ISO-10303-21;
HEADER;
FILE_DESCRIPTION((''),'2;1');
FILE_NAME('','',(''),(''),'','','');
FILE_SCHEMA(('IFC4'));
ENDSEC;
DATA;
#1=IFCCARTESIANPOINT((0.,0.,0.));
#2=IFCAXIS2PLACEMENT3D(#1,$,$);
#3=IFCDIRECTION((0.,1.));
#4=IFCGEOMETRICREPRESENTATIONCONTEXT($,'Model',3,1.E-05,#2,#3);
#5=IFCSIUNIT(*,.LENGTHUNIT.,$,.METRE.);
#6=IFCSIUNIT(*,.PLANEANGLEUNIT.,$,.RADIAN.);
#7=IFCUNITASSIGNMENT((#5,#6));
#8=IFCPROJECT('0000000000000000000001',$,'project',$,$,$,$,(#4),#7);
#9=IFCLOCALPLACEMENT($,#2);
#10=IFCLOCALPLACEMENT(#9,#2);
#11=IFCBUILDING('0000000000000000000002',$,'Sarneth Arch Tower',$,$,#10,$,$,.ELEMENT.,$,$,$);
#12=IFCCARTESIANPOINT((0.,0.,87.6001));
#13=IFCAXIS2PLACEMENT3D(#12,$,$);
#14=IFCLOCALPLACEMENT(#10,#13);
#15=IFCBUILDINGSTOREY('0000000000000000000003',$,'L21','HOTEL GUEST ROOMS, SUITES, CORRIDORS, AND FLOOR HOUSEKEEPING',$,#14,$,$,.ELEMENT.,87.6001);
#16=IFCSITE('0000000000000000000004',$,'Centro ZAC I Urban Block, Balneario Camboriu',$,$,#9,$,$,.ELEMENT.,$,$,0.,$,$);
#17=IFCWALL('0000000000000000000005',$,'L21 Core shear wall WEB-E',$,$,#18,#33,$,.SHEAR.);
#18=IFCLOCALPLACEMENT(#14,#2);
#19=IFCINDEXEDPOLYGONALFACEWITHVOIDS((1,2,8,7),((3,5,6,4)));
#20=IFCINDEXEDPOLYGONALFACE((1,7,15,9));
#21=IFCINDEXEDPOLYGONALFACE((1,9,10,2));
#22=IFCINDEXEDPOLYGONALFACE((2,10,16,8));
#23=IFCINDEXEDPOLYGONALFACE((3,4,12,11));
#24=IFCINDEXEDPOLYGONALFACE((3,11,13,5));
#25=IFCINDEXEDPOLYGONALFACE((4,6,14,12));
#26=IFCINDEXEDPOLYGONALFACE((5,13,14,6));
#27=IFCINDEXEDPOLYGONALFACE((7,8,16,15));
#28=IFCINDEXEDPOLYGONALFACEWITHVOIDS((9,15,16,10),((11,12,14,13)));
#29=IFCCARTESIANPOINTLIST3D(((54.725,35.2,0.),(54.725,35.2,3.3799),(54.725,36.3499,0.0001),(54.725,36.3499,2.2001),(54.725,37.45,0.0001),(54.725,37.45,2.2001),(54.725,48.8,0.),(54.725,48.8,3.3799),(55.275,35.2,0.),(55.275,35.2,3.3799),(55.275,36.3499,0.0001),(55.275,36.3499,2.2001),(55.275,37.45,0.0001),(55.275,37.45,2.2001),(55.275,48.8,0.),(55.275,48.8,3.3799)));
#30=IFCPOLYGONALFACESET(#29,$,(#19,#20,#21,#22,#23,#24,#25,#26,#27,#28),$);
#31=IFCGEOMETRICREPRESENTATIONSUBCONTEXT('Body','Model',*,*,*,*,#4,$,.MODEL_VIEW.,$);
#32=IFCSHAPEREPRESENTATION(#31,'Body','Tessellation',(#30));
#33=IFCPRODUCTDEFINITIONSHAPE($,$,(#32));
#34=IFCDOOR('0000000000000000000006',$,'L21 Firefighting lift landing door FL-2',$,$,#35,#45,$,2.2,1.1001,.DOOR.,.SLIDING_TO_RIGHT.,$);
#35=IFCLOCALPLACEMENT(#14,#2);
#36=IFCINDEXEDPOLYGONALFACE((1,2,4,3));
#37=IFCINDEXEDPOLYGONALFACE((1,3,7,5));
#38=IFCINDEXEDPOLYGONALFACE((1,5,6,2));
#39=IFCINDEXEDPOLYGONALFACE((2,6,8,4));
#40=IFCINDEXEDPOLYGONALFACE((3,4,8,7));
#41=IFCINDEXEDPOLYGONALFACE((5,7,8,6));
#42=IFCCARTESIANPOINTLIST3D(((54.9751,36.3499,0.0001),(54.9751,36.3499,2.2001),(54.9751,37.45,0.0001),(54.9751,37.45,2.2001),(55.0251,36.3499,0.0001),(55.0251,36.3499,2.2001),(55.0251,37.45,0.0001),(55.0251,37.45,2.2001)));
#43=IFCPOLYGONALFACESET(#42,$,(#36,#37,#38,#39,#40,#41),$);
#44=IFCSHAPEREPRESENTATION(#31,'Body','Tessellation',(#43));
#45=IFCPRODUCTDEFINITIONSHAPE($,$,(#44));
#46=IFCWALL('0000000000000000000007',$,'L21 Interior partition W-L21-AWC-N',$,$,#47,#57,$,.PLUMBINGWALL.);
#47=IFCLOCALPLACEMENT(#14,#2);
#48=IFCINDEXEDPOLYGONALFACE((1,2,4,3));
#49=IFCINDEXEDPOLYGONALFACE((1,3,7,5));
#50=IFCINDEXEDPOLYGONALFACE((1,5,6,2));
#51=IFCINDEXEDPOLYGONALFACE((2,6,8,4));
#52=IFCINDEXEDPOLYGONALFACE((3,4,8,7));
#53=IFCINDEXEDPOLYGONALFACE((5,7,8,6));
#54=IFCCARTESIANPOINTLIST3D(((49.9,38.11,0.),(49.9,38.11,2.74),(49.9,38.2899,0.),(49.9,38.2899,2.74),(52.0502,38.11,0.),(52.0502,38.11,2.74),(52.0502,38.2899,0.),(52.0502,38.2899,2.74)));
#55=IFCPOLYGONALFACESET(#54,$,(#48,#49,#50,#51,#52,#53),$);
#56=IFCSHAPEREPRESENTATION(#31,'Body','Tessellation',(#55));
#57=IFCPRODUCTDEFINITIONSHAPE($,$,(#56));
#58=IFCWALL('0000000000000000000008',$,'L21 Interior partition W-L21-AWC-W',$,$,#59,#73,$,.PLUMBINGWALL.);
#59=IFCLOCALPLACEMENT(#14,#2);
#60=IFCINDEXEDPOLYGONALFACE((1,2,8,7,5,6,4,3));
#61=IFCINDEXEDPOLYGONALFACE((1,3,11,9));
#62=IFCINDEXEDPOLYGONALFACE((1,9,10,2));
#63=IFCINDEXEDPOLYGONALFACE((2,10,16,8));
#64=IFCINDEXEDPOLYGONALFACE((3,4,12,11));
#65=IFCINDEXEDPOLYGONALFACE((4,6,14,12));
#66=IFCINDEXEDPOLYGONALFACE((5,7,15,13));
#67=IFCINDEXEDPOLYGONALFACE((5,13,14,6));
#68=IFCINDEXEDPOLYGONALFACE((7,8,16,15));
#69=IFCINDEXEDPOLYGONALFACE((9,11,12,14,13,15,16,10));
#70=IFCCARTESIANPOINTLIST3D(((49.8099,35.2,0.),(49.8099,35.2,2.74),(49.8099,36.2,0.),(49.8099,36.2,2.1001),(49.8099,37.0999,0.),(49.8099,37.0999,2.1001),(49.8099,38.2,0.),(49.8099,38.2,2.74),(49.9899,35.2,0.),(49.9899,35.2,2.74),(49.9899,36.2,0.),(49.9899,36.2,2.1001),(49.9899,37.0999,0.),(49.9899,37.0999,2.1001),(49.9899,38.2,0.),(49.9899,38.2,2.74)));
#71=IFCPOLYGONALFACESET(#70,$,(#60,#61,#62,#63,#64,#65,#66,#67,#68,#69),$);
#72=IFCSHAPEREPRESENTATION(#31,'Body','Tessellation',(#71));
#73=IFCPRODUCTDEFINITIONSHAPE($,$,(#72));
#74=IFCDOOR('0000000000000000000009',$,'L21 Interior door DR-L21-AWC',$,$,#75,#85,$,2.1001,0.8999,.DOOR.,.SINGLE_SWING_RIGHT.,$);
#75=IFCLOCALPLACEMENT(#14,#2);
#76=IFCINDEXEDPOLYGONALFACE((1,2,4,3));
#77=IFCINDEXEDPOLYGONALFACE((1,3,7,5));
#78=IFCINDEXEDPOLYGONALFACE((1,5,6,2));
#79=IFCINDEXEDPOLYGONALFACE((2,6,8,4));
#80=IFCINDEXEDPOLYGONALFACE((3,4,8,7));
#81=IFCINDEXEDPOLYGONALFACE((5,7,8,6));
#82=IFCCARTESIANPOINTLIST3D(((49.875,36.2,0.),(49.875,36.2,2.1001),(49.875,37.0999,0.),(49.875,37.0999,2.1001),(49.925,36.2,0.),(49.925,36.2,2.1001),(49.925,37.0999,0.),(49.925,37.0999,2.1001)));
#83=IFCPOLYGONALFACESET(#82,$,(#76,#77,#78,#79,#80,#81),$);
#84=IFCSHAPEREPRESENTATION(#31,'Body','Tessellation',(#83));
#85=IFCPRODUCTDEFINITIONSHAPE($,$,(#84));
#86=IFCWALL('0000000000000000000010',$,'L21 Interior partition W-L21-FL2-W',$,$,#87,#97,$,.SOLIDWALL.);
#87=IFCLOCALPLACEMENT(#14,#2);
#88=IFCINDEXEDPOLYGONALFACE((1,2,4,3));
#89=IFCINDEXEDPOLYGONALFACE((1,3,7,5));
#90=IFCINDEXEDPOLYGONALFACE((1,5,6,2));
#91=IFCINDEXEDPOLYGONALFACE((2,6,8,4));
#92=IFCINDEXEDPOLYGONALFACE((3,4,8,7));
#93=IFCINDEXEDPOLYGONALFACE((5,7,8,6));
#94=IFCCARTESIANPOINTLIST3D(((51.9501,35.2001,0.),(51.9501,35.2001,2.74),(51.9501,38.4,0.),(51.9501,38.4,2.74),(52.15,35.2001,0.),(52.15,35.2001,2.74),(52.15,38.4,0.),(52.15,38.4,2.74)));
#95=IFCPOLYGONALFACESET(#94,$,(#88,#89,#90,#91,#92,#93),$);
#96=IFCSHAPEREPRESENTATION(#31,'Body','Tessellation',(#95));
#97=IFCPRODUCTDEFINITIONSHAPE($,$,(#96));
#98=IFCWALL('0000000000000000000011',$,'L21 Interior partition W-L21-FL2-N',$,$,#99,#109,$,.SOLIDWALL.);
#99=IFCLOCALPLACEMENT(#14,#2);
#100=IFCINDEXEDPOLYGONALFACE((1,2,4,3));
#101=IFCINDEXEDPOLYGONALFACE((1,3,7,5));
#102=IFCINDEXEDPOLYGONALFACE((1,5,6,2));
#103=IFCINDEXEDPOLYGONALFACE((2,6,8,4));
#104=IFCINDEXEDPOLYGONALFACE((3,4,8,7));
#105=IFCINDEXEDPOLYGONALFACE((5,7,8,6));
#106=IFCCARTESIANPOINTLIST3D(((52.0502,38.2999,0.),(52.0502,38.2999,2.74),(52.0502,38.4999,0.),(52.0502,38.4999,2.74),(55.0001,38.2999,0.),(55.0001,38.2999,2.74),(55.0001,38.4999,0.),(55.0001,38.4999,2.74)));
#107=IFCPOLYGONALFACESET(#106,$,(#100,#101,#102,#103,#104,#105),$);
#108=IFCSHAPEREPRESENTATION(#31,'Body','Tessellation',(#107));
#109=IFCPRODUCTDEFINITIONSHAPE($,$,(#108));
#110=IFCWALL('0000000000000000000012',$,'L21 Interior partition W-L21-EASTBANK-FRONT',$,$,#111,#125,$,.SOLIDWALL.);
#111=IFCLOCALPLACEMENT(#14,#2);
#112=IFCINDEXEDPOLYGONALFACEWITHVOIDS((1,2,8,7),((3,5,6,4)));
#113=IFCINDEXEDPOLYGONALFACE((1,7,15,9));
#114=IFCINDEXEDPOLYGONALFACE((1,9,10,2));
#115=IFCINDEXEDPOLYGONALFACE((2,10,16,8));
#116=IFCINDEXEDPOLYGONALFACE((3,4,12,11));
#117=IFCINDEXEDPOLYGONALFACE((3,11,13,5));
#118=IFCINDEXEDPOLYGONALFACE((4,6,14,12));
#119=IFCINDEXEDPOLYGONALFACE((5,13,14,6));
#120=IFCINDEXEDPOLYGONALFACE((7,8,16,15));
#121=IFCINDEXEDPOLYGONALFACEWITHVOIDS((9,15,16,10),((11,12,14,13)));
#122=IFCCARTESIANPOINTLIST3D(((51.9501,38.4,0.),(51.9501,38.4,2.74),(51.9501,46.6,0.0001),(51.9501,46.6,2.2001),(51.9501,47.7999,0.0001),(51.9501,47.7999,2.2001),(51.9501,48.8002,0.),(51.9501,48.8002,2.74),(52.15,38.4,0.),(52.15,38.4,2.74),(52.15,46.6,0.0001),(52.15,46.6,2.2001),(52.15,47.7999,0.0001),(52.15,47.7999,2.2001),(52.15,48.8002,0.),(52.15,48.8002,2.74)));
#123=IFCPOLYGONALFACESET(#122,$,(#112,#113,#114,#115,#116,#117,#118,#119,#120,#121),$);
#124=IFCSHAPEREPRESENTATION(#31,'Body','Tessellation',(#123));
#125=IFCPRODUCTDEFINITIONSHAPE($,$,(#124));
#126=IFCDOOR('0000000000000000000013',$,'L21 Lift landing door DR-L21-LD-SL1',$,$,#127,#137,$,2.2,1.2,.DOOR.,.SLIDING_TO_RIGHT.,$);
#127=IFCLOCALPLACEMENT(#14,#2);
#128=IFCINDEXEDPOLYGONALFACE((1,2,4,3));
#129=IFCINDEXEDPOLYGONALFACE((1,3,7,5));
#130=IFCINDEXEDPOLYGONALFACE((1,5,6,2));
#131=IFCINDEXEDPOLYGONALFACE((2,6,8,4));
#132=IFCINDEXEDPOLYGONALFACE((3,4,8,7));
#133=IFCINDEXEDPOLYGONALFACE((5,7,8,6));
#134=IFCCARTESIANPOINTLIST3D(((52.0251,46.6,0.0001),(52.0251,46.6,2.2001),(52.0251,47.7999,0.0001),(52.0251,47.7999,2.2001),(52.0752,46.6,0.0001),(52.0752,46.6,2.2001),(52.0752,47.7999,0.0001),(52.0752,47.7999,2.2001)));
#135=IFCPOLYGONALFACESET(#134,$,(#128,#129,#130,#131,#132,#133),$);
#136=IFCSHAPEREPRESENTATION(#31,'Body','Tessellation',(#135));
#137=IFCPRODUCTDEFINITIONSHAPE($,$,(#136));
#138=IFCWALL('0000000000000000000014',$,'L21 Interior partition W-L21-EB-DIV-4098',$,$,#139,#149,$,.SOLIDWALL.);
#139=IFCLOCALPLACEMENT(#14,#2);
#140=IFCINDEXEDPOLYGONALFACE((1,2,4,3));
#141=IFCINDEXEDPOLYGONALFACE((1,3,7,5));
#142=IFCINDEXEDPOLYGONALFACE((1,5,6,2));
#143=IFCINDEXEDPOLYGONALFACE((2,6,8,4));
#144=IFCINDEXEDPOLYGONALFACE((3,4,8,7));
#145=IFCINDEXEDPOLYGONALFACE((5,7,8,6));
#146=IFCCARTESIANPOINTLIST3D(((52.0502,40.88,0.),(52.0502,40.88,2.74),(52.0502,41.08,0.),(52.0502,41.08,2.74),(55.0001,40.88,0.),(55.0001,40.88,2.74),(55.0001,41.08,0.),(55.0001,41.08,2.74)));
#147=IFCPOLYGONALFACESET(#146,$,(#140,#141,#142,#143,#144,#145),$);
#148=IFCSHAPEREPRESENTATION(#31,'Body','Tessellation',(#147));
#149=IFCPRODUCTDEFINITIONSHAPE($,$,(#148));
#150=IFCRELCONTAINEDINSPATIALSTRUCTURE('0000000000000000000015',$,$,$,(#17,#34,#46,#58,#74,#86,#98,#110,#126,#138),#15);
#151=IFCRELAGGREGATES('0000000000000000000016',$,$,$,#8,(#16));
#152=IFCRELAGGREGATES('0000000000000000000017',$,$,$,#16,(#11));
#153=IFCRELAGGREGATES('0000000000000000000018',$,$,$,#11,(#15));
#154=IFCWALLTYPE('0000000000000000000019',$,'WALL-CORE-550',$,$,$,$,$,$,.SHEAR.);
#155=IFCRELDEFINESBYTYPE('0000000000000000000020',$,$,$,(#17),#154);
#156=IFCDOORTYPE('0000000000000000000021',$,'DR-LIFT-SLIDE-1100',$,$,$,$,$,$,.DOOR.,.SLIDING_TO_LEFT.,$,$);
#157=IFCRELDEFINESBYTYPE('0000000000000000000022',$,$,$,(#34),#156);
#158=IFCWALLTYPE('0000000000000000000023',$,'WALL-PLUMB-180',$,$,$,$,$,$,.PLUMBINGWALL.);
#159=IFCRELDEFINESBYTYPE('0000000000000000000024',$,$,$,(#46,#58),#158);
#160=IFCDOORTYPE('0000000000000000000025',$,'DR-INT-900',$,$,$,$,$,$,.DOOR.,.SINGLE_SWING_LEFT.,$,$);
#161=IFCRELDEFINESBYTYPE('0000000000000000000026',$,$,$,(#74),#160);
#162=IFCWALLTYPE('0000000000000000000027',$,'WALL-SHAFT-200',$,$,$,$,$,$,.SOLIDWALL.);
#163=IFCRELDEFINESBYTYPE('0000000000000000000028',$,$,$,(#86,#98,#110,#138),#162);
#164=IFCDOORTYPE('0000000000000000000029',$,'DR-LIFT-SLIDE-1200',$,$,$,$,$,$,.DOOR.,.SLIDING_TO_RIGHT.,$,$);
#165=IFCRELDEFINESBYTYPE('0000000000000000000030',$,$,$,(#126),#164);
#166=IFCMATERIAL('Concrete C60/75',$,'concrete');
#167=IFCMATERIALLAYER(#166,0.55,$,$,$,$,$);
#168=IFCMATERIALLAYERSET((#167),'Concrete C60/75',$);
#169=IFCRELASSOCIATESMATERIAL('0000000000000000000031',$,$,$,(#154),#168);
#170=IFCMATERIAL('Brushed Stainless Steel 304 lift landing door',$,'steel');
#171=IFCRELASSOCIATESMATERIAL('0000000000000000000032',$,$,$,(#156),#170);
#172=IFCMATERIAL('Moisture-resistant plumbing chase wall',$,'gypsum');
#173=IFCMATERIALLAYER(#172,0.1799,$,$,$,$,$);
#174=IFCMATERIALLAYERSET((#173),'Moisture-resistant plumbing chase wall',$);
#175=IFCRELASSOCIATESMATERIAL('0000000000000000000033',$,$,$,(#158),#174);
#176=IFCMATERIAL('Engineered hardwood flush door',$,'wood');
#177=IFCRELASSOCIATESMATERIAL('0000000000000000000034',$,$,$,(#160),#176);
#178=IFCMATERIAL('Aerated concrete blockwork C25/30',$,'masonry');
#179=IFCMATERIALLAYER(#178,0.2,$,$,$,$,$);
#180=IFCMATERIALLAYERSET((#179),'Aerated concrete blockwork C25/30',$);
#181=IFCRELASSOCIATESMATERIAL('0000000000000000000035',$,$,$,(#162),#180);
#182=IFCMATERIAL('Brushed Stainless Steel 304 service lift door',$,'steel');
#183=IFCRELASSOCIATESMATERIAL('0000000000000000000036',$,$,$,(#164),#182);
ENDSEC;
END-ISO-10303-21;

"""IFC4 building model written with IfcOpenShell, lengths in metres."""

from ifc_helpers import new_model, si_unit, direction, frame, frame_2d, origin, place, context, subcontext, project, spatial, rectangle, extrude, material, layer, layer_set, type_object, element, fill, save


model = new_model("IFC4")

# Units and contexts
model_context = context("Model", 3, precision=1e-05, world=origin(), true_north=direction((0.0, 1.0)))
body_context = subcontext(model_context, "Body", "Model", "MODEL_VIEW")
ifc_project = project(units=[si_unit("LENGTHUNIT", "METRE"), si_unit("PLANEANGLEUNIT", "RADIAN")], contexts=[model_context])

# Site, building, storey
site_placement = place(None, origin())
site = spatial("IfcSite", under=ifc_project, at=site_placement, Name="Centro ZAC I Urban Block, Balneario Camboriu", CompositionType="ELEMENT", RefElevation=0.0)
building_placement = place(site_placement, origin())
building = spatial("IfcBuilding", under=site, at=building_placement, Name="Sarneth Arch Tower", CompositionType="ELEMENT")
storey_placement = place(building_placement, frame((0.0, 0.0, 87.6001)))
storey = spatial("IfcBuildingStorey", under=building, at=storey_placement, Name="L21", Description="HOTEL GUEST ROOMS, SUITES, CORRIDORS, AND FLOOR HOUSEKEEPING", CompositionType="ELEMENT", Elevation=87.6001)

# Shared definitions
ifc_material_1 = material(Name="Concrete C60/75", Category="concrete")
ifc_layer_1 = layer(ifc_material_1, 0.55)
ifc_layer_set_1 = layer_set([ifc_layer_1], Name="Concrete C60/75")
wall_type_1 = type_object("IfcWallType", Name="WALL-CORE-550", PredefinedType="SHEAR", material=ifc_layer_set_1)

# Wall, opening, door
wall_1_placement = place(storey_placement, frame((55.0, 35.2, 0.0), z_axis=(0.0, 0.0, 1.0), x_axis=(0.0, 1.0, 0.0)))
wall_1 = element("IfcWall", 1, at=wall_1_placement, inside=storey, type_object=wall_type_1, Name="L21 Core shear wall WEB-E", PredefinedType="SHEAR", context=body_context, shape_type="SweptSolid", body=[
    extrude(rectangle(XDim=13.6001, YDim=0.55, at=frame_2d((6.8, 0.0))), origin(), (0.0, 0.0, 1.0), 3.3799),
])
opening_1_placement = place(wall_1_placement, frame((1.1499, 0.0, 0.0)))
opening_1 = element("IfcOpeningElement", 2, at=opening_1_placement, cuts=wall_1, PredefinedType="OPENING", context=body_context, shape_type="SweptSolid", body=[
    extrude(rectangle(XDim=1.1001, YDim=2.2, at=frame_2d((0.55, 1.1001))), frame((0.0, 0.2849, 0.0), z_axis=(0.0, -1.0, 0.0), x_axis=(1.0, 0.0, 0.0)), (0.0, 0.0, 1.0), 0.5701),
])
ifc_material_2 = material(Name="Brushed Stainless Steel 304 lift landing door", Category="steel")
door_type_1 = type_object("IfcDoorType", Name="DR-LIFT-SLIDE-1100", OperationType="SLIDING_TO_LEFT", PredefinedType="DOOR", material=ifc_material_2)
door_1_placement = place(opening_1_placement, origin())
door_1 = element("IfcDoor", 3, at=door_1_placement, inside=storey, type_object=door_type_1, Name="L21 Firefighting lift landing door FL-2", OperationType="SLIDING_TO_RIGHT", OverallHeight=2.2, OverallWidth=1.1001, PredefinedType="DOOR", context=body_context, shape_type="SweptSolid", body=[
    extrude(rectangle(XDim=1.1001, YDim=2.2, at=frame_2d((0.55, 1.1001))), frame((0.0, 0.0249, 0.0), z_axis=(0.0, -1.0, 0.0), x_axis=(1.0, 0.0, 0.0)), (0.0, 0.0, 1.0), 0.05),
])
fill(opening_1, door_1)

# Wall
ifc_material_3 = material(Name="Moisture-resistant plumbing chase wall", Category="gypsum")
ifc_layer_2 = layer(ifc_material_3, 0.1799)
ifc_layer_set_2 = layer_set([ifc_layer_2], Name="Moisture-resistant plumbing chase wall")
wall_type_2 = type_object("IfcWallType", Name="WALL-PLUMB-180", PredefinedType="PLUMBINGWALL", material=ifc_layer_set_2)
wall_2_placement = place(storey_placement, frame((49.8999, 38.2, 0.0), z_axis=(0.0, 0.0, 1.0), x_axis=(1.0, 0.0, 0.0)))
element("IfcWall", 4, at=wall_2_placement, inside=storey, type_object=wall_type_2, Name="L21 Interior partition W-L21-AWC-N", PredefinedType="PLUMBINGWALL", context=body_context, shape_type="SweptSolid", body=[
    extrude(rectangle(XDim=2.1501, YDim=0.1799, at=frame_2d((1.0752, 0.0))), origin(), (0.0, 0.0, 1.0), 2.74),
])

# Wall, opening, door
wall_3_placement = place(storey_placement, frame((49.8999, 35.2, 0.0), z_axis=(0.0, 0.0, 1.0), x_axis=(0.0, 1.0, 0.0)))
wall_3 = element("IfcWall", 5, at=wall_3_placement, inside=storey, type_object=wall_type_2, Name="L21 Interior partition W-L21-AWC-W", PredefinedType="PLUMBINGWALL", context=body_context, shape_type="SweptSolid", body=[
    extrude(rectangle(XDim=3.0, YDim=0.1799, at=frame_2d((1.5, 0.0))), origin(), (0.0, 0.0, 1.0), 2.74),
])
opening_2_placement = place(wall_3_placement, frame((1.0, 0.0, 0.0)))
opening_2 = element("IfcOpeningElement", 6, at=opening_2_placement, cuts=wall_3, PredefinedType="OPENING", context=body_context, shape_type="SweptSolid", body=[
    extrude(rectangle(XDim=0.8999, YDim=2.1001, at=frame_2d((0.45, 1.05))), frame((0.0, 0.0999, 0.0), z_axis=(0.0, -1.0, 0.0), x_axis=(1.0, 0.0, 0.0)), (0.0, 0.0, 1.0), 0.2),
])
ifc_material_4 = material(Name="Engineered hardwood flush door", Category="wood")
door_type_2 = type_object("IfcDoorType", Name="DR-INT-900", OperationType="SINGLE_SWING_LEFT", PredefinedType="DOOR", material=ifc_material_4)
door_2_placement = place(opening_2_placement, origin())
door_2 = element("IfcDoor", 7, at=door_2_placement, inside=storey, type_object=door_type_2, Name="L21 Interior door DR-L21-AWC", OperationType="SINGLE_SWING_RIGHT", OverallHeight=2.1001, OverallWidth=0.8999, PredefinedType="DOOR", context=body_context, shape_type="SweptSolid", body=[
    extrude(rectangle(XDim=0.8999, YDim=2.1001, at=frame_2d((0.45, 1.05))), frame((0.0, 0.0249, 0.0), z_axis=(0.0, -1.0, 0.0), x_axis=(1.0, 0.0, 0.0)), (0.0, 0.0, 1.0), 0.05),
])
fill(opening_2, door_2)
ifc_material_5 = material(Name="Aerated concrete blockwork C25/30", Category="masonry")
ifc_layer_3 = layer(ifc_material_5, 0.2)
ifc_layer_set_3 = layer_set([ifc_layer_3], Name="Aerated concrete blockwork C25/30")
wall_type_3 = type_object("IfcWallType", Name="WALL-SHAFT-200", PredefinedType="SOLIDWALL", material=ifc_layer_set_3)

# Walls
wall_4_placement = place(storey_placement, frame((52.05, 35.2, 0.0), z_axis=(0.0, 0.0, 1.0), x_axis=(0.0, 1.0, 0.0)))
element("IfcWall", 8, at=wall_4_placement, inside=storey, type_object=wall_type_3, Name="L21 Interior partition W-L21-FL2-W", PredefinedType="SOLIDWALL", context=body_context, shape_type="SweptSolid", body=[
    extrude(rectangle(XDim=3.2, YDim=0.2, at=frame_2d((1.6001, 0.0))), origin(), (0.0, 0.0, 1.0), 2.74),
])
wall_5_placement = place(storey_placement, frame((52.05, 38.3999, 0.0), z_axis=(0.0, 0.0, 1.0), x_axis=(1.0, 0.0, 0.0)))
element("IfcWall", 9, at=wall_5_placement, inside=storey, type_object=wall_type_3, Name="L21 Interior partition W-L21-FL2-N", PredefinedType="SOLIDWALL", context=body_context, shape_type="SweptSolid", body=[
    extrude(rectangle(XDim=2.95, YDim=0.2, at=frame_2d((1.4751, 0.0))), origin(), (0.0, 0.0, 1.0), 2.74),
])

# Wall, opening, door
wall_6_placement = place(storey_placement, frame((52.05, 38.3999, 0.0), z_axis=(0.0, 0.0, 1.0), x_axis=(0.0, 1.0, 0.0)))
wall_6 = element("IfcWall", 10, at=wall_6_placement, inside=storey, type_object=wall_type_3, Name="L21 Interior partition W-L21-EASTBANK-FRONT", PredefinedType="SOLIDWALL", context=body_context, shape_type="SweptSolid", body=[
    extrude(rectangle(XDim=10.4001, YDim=0.2, at=frame_2d((5.2002, 0.0))), origin(), (0.0, 0.0, 1.0), 2.74),
])
opening_3_placement = place(wall_6_placement, frame((8.2, 0.0, 0.0)))
opening_3 = element("IfcOpeningElement", 11, at=opening_3_placement, cuts=wall_6, PredefinedType="OPENING", context=body_context, shape_type="SweptSolid", body=[
    extrude(rectangle(XDim=1.2, YDim=2.2, at=frame_2d((0.6001, 1.1001))), frame((0.0, 0.1099, 0.0), z_axis=(0.0, -1.0, 0.0), x_axis=(1.0, 0.0, 0.0)), (0.0, 0.0, 1.0), 0.22),
])
ifc_material_6 = material(Name="Brushed Stainless Steel 304 service lift door", Category="steel")
door_type_3 = type_object("IfcDoorType", Name="DR-LIFT-SLIDE-1200", OperationType="SLIDING_TO_RIGHT", PredefinedType="DOOR", material=ifc_material_6)
door_3_placement = place(opening_3_placement, origin())
door_3 = element("IfcDoor", 12, at=door_3_placement, inside=storey, type_object=door_type_3, Name="L21 Lift landing door DR-L21-LD-SL1", OperationType="SLIDING_TO_RIGHT", OverallHeight=2.2, OverallWidth=1.2, PredefinedType="DOOR", context=body_context, shape_type="SweptSolid", body=[
    extrude(rectangle(XDim=1.2, YDim=2.2, at=frame_2d((0.6001, 1.1001))), frame((0.0, 0.0249, 0.0), z_axis=(0.0, -1.0, 0.0), x_axis=(1.0, 0.0, 0.0)), (0.0, 0.0, 1.0), 0.05),
])
fill(opening_3, door_3)

# Wall
wall_7_placement = place(storey_placement, frame((52.05, 40.98, 0.0), z_axis=(0.0, 0.0, 1.0), x_axis=(1.0, 0.0, 0.0)))
element("IfcWall", 13, at=wall_7_placement, inside=storey, type_object=wall_type_3, Name="L21 Interior partition W-L21-EB-DIV-4098", PredefinedType="SOLIDWALL", context=body_context, shape_type="SweptSolid", body=[
    extrude(rectangle(XDim=2.95, YDim=0.2, at=frame_2d((1.4751, 0.0))), origin(), (0.0, 0.0, 1.0), 2.74),
])

save(model, "model.ifc")
